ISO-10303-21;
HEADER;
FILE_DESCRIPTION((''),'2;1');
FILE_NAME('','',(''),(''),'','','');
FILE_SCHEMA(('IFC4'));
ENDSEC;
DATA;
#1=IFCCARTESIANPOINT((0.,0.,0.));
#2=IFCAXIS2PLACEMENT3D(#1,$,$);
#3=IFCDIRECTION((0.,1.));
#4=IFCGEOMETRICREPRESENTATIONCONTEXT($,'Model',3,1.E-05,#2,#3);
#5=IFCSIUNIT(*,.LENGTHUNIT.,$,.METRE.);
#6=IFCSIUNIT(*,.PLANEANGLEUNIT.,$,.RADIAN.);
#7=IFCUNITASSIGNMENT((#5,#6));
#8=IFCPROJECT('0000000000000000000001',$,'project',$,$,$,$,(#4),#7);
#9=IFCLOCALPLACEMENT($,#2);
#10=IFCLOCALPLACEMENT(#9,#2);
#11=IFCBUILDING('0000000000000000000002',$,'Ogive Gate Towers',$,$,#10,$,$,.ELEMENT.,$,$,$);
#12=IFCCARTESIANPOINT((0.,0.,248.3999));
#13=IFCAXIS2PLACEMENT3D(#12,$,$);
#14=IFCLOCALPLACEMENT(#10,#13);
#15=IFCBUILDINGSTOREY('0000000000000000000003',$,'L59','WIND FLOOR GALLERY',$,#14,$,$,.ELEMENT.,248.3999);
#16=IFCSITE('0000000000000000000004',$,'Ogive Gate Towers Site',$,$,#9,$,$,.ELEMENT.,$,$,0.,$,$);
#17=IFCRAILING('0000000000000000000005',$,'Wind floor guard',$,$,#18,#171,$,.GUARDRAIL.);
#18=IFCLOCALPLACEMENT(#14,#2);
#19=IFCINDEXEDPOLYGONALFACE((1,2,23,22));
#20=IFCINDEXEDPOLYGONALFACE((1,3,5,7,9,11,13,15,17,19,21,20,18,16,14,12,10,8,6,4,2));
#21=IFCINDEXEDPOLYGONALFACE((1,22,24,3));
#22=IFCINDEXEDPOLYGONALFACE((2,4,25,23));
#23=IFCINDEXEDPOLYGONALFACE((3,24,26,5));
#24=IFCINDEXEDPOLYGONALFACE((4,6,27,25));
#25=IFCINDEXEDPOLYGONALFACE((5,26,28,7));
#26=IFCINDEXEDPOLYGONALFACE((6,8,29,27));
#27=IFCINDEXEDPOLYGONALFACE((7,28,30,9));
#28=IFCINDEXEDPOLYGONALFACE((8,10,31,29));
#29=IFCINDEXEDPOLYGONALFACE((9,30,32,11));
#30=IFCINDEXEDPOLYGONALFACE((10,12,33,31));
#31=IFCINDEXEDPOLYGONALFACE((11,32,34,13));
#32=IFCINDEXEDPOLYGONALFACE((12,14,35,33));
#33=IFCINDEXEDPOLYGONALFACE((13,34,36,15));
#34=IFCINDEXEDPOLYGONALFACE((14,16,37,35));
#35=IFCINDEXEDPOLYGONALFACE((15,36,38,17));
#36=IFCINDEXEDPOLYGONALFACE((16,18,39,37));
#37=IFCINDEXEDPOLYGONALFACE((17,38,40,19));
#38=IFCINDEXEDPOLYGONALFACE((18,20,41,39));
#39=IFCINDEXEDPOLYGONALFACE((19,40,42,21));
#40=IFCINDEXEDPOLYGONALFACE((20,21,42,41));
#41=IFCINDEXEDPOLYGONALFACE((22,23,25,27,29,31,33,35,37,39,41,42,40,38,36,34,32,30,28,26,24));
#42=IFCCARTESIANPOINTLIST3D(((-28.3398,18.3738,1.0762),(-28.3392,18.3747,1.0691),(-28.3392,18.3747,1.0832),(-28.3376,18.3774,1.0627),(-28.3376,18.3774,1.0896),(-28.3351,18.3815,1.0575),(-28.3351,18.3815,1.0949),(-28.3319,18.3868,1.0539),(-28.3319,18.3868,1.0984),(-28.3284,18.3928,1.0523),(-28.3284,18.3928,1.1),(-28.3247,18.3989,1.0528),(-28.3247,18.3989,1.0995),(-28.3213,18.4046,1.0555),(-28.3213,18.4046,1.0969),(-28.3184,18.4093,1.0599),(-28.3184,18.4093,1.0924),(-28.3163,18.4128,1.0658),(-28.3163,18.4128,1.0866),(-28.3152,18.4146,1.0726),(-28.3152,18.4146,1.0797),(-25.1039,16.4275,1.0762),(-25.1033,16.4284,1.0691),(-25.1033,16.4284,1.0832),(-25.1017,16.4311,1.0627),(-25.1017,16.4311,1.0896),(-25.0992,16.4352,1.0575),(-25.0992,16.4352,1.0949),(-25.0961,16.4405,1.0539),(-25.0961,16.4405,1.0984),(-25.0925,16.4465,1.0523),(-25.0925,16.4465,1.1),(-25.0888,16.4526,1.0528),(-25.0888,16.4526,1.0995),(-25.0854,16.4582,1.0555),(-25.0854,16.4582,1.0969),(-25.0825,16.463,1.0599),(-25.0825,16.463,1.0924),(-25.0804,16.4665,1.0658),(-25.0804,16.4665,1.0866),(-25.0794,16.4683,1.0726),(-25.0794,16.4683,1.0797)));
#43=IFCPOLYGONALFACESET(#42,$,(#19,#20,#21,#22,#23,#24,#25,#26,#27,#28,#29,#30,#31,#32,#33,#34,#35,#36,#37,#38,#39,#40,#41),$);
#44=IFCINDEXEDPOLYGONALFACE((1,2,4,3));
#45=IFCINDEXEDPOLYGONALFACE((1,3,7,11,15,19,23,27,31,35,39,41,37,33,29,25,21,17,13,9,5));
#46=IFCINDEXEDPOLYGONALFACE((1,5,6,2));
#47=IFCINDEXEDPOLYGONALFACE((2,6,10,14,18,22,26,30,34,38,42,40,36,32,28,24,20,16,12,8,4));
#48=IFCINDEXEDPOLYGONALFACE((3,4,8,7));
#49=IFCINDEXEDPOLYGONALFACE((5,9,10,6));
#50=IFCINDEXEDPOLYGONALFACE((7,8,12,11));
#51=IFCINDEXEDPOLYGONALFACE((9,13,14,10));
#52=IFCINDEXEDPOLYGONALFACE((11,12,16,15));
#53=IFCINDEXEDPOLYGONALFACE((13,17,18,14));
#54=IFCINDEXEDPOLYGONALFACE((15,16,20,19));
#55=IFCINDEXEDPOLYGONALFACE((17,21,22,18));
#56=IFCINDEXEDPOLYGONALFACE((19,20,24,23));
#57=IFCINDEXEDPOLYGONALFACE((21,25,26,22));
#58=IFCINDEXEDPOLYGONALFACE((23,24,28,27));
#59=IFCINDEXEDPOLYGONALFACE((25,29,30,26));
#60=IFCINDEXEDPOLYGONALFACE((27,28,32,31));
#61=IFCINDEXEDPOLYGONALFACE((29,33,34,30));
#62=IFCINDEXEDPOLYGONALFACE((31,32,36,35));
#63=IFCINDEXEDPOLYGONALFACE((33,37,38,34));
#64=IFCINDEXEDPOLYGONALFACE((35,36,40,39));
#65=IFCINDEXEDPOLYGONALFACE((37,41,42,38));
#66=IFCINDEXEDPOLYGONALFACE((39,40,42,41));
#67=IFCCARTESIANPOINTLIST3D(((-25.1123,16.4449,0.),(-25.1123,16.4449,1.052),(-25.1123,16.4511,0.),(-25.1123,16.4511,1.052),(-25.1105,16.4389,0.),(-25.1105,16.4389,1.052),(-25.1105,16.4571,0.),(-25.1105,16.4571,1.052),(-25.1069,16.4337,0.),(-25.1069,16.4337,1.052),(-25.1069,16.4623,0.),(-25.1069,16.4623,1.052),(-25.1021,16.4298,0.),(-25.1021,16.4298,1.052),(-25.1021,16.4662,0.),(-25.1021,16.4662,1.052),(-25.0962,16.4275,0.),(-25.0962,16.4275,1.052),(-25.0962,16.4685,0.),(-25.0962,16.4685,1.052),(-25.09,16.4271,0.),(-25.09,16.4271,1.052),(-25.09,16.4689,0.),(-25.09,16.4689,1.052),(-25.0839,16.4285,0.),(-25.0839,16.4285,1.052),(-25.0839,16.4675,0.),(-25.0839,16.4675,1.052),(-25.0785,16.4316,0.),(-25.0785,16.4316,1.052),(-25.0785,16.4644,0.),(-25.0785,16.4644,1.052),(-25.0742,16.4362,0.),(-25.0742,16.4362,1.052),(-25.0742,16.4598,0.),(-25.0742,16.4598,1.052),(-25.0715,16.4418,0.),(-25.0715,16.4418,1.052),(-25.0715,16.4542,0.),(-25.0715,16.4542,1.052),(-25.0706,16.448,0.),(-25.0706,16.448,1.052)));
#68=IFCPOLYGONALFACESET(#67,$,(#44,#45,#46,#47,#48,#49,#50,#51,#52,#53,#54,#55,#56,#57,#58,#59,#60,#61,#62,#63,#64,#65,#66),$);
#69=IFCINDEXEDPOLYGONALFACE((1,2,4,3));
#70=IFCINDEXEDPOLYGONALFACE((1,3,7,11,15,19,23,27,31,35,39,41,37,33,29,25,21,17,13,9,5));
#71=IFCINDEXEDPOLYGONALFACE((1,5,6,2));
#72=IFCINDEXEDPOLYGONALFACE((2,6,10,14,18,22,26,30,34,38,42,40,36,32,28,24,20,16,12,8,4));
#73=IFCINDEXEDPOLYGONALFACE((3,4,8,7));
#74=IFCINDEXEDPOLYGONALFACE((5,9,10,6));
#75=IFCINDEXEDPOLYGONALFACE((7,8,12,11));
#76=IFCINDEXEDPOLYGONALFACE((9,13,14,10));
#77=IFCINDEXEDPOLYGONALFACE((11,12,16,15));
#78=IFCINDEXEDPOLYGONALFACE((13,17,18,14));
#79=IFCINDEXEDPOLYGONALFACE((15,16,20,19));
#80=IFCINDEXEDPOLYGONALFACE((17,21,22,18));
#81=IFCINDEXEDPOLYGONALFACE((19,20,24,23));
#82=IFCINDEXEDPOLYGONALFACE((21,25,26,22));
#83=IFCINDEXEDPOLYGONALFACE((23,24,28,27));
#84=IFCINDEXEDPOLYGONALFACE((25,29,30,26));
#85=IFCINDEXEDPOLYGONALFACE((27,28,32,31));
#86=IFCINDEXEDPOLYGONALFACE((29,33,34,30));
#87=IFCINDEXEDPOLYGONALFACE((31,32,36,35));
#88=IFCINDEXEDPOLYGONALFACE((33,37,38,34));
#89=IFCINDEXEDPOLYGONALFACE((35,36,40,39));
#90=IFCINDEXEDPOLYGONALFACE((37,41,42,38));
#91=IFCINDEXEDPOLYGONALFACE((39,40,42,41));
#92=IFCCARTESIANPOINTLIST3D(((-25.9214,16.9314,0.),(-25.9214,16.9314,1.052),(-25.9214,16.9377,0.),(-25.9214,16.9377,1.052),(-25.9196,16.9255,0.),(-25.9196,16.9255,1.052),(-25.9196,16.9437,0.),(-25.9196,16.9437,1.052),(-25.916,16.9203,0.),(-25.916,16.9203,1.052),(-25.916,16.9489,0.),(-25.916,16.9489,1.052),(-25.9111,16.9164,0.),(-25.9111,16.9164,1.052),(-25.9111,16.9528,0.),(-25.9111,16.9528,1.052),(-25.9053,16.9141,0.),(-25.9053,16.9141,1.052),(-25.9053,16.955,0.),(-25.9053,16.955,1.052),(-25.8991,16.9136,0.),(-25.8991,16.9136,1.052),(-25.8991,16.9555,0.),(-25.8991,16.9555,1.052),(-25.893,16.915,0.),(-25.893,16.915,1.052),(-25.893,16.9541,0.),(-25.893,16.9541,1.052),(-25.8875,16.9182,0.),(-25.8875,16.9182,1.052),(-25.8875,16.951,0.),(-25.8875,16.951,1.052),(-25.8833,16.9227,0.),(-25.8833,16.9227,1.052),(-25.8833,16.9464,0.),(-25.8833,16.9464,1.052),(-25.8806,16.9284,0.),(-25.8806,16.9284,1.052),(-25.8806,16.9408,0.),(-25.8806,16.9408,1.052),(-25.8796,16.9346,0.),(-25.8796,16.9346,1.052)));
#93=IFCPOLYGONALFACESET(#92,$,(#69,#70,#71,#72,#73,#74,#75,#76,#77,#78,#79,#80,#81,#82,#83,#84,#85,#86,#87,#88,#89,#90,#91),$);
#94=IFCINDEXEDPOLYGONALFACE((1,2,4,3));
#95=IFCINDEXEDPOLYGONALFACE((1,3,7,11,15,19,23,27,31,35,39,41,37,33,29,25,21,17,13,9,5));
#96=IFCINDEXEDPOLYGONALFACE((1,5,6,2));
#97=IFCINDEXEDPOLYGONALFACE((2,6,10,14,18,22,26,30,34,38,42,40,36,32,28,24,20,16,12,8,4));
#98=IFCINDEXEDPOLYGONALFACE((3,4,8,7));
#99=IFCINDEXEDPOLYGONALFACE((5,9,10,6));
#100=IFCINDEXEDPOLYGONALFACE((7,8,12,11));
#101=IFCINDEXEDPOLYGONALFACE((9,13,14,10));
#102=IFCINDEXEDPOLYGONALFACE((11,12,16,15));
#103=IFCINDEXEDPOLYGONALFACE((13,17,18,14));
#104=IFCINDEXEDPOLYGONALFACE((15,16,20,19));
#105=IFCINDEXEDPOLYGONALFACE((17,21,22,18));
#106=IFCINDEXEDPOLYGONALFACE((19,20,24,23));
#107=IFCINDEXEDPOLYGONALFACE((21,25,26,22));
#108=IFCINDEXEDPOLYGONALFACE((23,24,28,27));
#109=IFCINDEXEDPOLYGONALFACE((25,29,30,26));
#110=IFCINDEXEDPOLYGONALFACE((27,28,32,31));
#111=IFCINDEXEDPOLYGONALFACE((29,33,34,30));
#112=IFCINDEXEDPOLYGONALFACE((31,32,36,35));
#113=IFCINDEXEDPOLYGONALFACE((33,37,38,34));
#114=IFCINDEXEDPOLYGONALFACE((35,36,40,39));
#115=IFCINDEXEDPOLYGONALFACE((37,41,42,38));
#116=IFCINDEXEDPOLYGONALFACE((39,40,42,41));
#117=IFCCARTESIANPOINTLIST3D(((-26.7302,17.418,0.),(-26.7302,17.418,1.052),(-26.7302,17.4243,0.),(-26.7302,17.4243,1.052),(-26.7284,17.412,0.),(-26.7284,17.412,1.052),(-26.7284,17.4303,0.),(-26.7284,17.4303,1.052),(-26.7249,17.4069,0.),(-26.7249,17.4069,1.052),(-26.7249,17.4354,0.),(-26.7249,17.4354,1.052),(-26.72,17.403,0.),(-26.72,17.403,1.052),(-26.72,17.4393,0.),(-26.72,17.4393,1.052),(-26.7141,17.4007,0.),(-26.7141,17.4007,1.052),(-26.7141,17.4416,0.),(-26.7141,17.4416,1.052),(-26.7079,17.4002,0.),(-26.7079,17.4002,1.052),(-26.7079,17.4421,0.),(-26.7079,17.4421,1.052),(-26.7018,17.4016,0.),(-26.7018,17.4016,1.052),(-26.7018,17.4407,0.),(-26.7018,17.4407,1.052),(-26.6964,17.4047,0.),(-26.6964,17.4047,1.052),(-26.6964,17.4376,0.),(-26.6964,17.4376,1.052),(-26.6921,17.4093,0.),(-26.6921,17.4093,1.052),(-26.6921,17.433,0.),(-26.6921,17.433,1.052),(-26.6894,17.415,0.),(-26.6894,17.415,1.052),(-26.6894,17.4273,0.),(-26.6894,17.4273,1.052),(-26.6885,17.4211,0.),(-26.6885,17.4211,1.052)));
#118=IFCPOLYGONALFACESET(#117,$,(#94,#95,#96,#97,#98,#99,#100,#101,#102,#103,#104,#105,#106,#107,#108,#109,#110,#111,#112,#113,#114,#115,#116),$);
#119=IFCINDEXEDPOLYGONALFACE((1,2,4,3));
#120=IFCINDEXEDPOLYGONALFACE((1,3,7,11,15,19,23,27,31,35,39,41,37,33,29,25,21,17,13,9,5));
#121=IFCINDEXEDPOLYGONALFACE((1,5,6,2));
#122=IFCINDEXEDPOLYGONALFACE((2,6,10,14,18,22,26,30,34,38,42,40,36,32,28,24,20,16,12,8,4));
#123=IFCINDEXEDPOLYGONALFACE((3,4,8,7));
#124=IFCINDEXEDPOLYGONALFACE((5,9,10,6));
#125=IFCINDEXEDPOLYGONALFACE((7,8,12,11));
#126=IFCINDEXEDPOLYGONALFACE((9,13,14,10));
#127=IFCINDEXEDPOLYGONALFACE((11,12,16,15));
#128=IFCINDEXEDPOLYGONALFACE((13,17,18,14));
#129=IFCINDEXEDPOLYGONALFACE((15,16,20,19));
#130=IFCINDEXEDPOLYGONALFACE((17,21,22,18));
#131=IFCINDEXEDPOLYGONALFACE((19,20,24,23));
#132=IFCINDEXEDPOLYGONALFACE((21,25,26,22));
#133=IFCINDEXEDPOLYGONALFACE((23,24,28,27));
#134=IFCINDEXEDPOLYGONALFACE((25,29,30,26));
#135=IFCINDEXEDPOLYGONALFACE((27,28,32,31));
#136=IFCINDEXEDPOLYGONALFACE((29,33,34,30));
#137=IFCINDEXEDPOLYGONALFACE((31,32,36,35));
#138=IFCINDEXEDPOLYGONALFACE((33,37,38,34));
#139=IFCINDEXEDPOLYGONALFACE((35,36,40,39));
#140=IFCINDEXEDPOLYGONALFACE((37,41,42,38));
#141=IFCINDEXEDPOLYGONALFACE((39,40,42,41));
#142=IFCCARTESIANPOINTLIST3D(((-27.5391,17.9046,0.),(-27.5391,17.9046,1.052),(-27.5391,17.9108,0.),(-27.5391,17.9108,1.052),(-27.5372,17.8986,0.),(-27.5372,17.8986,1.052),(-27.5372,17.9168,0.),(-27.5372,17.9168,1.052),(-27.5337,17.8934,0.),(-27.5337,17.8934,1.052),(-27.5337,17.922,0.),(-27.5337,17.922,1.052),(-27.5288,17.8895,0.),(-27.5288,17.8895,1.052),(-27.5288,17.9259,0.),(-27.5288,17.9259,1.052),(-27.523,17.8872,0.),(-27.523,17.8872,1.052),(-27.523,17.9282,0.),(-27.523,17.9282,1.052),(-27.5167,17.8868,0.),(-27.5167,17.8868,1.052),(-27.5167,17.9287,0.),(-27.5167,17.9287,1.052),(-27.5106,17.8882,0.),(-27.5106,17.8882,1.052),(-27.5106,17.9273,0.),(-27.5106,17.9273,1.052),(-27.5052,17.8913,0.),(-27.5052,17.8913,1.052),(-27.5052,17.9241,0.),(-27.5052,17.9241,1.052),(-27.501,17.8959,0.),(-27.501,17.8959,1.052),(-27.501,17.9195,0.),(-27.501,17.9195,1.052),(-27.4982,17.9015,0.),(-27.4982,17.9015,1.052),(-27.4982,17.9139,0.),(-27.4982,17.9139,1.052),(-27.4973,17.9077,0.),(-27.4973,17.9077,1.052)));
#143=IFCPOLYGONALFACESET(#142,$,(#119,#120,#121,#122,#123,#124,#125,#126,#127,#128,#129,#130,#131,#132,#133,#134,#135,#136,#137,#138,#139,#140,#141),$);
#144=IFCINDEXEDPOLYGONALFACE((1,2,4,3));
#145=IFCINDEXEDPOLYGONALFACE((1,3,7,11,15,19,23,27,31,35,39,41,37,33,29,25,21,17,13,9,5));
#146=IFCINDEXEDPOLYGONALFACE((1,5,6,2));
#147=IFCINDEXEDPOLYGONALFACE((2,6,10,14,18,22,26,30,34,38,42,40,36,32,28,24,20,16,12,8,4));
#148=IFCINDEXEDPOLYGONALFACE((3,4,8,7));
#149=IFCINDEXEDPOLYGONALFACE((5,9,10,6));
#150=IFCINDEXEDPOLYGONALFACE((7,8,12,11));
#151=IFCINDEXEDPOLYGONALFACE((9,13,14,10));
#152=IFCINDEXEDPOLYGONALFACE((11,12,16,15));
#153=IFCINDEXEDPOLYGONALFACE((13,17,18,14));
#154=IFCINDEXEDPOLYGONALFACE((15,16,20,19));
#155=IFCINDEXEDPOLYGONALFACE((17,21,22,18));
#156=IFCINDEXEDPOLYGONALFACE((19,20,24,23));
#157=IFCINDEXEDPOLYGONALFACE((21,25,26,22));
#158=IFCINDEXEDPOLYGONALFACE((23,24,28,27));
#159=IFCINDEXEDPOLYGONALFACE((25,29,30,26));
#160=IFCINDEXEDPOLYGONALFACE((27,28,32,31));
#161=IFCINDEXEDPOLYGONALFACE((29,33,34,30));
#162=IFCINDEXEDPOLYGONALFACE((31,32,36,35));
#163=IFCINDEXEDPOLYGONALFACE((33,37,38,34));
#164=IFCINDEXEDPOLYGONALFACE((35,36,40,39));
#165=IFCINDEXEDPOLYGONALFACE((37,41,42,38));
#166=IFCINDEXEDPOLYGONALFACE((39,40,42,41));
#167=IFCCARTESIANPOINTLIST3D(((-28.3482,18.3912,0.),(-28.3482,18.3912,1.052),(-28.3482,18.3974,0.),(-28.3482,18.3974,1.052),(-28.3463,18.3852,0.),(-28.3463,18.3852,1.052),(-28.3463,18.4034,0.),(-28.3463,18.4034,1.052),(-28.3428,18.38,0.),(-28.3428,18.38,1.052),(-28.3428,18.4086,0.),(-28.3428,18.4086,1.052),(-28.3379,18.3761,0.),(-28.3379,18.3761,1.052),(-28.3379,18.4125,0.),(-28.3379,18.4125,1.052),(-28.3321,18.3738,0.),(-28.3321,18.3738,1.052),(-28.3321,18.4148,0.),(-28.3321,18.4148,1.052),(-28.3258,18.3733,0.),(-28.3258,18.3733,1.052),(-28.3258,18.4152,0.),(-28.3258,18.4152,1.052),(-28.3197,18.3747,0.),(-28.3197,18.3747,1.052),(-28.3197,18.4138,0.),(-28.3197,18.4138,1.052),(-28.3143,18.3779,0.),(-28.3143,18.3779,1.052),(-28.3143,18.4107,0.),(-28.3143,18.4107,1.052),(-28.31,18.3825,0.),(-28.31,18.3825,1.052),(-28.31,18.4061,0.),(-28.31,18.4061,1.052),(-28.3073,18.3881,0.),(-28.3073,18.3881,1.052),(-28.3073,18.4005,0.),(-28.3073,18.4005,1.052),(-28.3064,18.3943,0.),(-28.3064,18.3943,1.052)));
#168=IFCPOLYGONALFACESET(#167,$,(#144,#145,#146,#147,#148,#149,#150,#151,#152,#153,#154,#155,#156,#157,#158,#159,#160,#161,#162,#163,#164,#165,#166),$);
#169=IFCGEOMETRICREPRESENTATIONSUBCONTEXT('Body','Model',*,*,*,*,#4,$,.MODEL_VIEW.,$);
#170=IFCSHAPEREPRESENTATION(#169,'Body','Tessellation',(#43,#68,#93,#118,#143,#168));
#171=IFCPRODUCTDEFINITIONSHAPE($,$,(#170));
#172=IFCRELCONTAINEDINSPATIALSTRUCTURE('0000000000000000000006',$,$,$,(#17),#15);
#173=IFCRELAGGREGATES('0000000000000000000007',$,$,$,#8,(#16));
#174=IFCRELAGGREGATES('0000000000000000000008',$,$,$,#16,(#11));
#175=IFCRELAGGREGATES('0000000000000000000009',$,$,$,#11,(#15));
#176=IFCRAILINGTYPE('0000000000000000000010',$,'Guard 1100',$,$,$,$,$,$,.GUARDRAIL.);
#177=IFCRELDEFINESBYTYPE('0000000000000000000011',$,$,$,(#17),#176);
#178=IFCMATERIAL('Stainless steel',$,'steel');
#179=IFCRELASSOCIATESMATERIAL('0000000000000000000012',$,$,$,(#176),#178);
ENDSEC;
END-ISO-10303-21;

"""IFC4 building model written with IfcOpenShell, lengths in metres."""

from ifc_helpers import new_model, si_unit, direction, frame, origin, origin_2d, place, context, subcontext, project, spatial, circle, extrude, material, type_object, element, save


model = new_model("IFC4")

# Units and contexts
model_context = context("Model", 3, precision=1e-05, world=origin(), true_north=direction((0.0, 1.0)))
body_context = subcontext(model_context, "Body", "Model", "MODEL_VIEW")
ifc_project = project(units=[si_unit("LENGTHUNIT", "METRE"), si_unit("PLANEANGLEUNIT", "RADIAN")], contexts=[model_context])

# Site, building, storey
site_placement = place(None, origin())
site = spatial("IfcSite", under=ifc_project, at=site_placement, Name="Ogive Gate Towers Site", CompositionType="ELEMENT", RefElevation=0.0)
building_placement = place(site_placement, origin())
building = spatial("IfcBuilding", under=site, at=building_placement, Name="Ogive Gate Towers", CompositionType="ELEMENT")
storey_placement = place(building_placement, frame((0.0, 0.0, 248.3999)))
storey = spatial("IfcBuildingStorey", under=building, at=storey_placement, Name="L59", Description="WIND FLOOR GALLERY", CompositionType="ELEMENT", Elevation=248.3999)

# Railing
ifc_material_1 = material(Name="Stainless steel", Category="steel")
railing_type = type_object("IfcRailingType", Name="Guard 1100", PredefinedType="GUARDRAIL", material=ifc_material_1)
railing_1_placement = place(storey_placement, frame((-25.0916, 16.448, 0.0)))
element("IfcRailing", 1, at=railing_1_placement, inside=storey, type_object=railing_type, Name="Wind floor guard", PredefinedType="GUARDRAIL", context=body_context, shape_type="SweptSolid", body=[
    extrude(circle(Radius=0.0239, at=origin_2d()), frame((0.0, 0.0, 1.0762), z_axis=(-0.856933, 0.515427, 0.0), x_axis=(-0.515427, -0.856933, 0.0)), (0.0, 0.0, 1.0), 3.7761),
    extrude(circle(Radius=0.021, at=origin_2d()), origin(), (0.0, 0.0, 1.0), 1.052),
    extrude(circle(Radius=0.021, at=origin_2d()), frame((-0.8091, 0.4866, 0.0)), (0.0, 0.0, 1.0), 1.052),
    extrude(circle(Radius=0.021, at=origin_2d()), frame((-1.6179, 0.9731, 0.0)), (0.0, 0.0, 1.0), 1.052),
    extrude(circle(Radius=0.021, at=origin_2d()), frame((-2.4268, 1.4597, 0.0)), (0.0, 0.0, 1.0), 1.052),
    extrude(circle(Radius=0.021, at=origin_2d()), frame((-3.2358, 1.9463, 0.0)), (0.0, 0.0, 1.0), 1.052),
])

save(model, "model.ifc")
